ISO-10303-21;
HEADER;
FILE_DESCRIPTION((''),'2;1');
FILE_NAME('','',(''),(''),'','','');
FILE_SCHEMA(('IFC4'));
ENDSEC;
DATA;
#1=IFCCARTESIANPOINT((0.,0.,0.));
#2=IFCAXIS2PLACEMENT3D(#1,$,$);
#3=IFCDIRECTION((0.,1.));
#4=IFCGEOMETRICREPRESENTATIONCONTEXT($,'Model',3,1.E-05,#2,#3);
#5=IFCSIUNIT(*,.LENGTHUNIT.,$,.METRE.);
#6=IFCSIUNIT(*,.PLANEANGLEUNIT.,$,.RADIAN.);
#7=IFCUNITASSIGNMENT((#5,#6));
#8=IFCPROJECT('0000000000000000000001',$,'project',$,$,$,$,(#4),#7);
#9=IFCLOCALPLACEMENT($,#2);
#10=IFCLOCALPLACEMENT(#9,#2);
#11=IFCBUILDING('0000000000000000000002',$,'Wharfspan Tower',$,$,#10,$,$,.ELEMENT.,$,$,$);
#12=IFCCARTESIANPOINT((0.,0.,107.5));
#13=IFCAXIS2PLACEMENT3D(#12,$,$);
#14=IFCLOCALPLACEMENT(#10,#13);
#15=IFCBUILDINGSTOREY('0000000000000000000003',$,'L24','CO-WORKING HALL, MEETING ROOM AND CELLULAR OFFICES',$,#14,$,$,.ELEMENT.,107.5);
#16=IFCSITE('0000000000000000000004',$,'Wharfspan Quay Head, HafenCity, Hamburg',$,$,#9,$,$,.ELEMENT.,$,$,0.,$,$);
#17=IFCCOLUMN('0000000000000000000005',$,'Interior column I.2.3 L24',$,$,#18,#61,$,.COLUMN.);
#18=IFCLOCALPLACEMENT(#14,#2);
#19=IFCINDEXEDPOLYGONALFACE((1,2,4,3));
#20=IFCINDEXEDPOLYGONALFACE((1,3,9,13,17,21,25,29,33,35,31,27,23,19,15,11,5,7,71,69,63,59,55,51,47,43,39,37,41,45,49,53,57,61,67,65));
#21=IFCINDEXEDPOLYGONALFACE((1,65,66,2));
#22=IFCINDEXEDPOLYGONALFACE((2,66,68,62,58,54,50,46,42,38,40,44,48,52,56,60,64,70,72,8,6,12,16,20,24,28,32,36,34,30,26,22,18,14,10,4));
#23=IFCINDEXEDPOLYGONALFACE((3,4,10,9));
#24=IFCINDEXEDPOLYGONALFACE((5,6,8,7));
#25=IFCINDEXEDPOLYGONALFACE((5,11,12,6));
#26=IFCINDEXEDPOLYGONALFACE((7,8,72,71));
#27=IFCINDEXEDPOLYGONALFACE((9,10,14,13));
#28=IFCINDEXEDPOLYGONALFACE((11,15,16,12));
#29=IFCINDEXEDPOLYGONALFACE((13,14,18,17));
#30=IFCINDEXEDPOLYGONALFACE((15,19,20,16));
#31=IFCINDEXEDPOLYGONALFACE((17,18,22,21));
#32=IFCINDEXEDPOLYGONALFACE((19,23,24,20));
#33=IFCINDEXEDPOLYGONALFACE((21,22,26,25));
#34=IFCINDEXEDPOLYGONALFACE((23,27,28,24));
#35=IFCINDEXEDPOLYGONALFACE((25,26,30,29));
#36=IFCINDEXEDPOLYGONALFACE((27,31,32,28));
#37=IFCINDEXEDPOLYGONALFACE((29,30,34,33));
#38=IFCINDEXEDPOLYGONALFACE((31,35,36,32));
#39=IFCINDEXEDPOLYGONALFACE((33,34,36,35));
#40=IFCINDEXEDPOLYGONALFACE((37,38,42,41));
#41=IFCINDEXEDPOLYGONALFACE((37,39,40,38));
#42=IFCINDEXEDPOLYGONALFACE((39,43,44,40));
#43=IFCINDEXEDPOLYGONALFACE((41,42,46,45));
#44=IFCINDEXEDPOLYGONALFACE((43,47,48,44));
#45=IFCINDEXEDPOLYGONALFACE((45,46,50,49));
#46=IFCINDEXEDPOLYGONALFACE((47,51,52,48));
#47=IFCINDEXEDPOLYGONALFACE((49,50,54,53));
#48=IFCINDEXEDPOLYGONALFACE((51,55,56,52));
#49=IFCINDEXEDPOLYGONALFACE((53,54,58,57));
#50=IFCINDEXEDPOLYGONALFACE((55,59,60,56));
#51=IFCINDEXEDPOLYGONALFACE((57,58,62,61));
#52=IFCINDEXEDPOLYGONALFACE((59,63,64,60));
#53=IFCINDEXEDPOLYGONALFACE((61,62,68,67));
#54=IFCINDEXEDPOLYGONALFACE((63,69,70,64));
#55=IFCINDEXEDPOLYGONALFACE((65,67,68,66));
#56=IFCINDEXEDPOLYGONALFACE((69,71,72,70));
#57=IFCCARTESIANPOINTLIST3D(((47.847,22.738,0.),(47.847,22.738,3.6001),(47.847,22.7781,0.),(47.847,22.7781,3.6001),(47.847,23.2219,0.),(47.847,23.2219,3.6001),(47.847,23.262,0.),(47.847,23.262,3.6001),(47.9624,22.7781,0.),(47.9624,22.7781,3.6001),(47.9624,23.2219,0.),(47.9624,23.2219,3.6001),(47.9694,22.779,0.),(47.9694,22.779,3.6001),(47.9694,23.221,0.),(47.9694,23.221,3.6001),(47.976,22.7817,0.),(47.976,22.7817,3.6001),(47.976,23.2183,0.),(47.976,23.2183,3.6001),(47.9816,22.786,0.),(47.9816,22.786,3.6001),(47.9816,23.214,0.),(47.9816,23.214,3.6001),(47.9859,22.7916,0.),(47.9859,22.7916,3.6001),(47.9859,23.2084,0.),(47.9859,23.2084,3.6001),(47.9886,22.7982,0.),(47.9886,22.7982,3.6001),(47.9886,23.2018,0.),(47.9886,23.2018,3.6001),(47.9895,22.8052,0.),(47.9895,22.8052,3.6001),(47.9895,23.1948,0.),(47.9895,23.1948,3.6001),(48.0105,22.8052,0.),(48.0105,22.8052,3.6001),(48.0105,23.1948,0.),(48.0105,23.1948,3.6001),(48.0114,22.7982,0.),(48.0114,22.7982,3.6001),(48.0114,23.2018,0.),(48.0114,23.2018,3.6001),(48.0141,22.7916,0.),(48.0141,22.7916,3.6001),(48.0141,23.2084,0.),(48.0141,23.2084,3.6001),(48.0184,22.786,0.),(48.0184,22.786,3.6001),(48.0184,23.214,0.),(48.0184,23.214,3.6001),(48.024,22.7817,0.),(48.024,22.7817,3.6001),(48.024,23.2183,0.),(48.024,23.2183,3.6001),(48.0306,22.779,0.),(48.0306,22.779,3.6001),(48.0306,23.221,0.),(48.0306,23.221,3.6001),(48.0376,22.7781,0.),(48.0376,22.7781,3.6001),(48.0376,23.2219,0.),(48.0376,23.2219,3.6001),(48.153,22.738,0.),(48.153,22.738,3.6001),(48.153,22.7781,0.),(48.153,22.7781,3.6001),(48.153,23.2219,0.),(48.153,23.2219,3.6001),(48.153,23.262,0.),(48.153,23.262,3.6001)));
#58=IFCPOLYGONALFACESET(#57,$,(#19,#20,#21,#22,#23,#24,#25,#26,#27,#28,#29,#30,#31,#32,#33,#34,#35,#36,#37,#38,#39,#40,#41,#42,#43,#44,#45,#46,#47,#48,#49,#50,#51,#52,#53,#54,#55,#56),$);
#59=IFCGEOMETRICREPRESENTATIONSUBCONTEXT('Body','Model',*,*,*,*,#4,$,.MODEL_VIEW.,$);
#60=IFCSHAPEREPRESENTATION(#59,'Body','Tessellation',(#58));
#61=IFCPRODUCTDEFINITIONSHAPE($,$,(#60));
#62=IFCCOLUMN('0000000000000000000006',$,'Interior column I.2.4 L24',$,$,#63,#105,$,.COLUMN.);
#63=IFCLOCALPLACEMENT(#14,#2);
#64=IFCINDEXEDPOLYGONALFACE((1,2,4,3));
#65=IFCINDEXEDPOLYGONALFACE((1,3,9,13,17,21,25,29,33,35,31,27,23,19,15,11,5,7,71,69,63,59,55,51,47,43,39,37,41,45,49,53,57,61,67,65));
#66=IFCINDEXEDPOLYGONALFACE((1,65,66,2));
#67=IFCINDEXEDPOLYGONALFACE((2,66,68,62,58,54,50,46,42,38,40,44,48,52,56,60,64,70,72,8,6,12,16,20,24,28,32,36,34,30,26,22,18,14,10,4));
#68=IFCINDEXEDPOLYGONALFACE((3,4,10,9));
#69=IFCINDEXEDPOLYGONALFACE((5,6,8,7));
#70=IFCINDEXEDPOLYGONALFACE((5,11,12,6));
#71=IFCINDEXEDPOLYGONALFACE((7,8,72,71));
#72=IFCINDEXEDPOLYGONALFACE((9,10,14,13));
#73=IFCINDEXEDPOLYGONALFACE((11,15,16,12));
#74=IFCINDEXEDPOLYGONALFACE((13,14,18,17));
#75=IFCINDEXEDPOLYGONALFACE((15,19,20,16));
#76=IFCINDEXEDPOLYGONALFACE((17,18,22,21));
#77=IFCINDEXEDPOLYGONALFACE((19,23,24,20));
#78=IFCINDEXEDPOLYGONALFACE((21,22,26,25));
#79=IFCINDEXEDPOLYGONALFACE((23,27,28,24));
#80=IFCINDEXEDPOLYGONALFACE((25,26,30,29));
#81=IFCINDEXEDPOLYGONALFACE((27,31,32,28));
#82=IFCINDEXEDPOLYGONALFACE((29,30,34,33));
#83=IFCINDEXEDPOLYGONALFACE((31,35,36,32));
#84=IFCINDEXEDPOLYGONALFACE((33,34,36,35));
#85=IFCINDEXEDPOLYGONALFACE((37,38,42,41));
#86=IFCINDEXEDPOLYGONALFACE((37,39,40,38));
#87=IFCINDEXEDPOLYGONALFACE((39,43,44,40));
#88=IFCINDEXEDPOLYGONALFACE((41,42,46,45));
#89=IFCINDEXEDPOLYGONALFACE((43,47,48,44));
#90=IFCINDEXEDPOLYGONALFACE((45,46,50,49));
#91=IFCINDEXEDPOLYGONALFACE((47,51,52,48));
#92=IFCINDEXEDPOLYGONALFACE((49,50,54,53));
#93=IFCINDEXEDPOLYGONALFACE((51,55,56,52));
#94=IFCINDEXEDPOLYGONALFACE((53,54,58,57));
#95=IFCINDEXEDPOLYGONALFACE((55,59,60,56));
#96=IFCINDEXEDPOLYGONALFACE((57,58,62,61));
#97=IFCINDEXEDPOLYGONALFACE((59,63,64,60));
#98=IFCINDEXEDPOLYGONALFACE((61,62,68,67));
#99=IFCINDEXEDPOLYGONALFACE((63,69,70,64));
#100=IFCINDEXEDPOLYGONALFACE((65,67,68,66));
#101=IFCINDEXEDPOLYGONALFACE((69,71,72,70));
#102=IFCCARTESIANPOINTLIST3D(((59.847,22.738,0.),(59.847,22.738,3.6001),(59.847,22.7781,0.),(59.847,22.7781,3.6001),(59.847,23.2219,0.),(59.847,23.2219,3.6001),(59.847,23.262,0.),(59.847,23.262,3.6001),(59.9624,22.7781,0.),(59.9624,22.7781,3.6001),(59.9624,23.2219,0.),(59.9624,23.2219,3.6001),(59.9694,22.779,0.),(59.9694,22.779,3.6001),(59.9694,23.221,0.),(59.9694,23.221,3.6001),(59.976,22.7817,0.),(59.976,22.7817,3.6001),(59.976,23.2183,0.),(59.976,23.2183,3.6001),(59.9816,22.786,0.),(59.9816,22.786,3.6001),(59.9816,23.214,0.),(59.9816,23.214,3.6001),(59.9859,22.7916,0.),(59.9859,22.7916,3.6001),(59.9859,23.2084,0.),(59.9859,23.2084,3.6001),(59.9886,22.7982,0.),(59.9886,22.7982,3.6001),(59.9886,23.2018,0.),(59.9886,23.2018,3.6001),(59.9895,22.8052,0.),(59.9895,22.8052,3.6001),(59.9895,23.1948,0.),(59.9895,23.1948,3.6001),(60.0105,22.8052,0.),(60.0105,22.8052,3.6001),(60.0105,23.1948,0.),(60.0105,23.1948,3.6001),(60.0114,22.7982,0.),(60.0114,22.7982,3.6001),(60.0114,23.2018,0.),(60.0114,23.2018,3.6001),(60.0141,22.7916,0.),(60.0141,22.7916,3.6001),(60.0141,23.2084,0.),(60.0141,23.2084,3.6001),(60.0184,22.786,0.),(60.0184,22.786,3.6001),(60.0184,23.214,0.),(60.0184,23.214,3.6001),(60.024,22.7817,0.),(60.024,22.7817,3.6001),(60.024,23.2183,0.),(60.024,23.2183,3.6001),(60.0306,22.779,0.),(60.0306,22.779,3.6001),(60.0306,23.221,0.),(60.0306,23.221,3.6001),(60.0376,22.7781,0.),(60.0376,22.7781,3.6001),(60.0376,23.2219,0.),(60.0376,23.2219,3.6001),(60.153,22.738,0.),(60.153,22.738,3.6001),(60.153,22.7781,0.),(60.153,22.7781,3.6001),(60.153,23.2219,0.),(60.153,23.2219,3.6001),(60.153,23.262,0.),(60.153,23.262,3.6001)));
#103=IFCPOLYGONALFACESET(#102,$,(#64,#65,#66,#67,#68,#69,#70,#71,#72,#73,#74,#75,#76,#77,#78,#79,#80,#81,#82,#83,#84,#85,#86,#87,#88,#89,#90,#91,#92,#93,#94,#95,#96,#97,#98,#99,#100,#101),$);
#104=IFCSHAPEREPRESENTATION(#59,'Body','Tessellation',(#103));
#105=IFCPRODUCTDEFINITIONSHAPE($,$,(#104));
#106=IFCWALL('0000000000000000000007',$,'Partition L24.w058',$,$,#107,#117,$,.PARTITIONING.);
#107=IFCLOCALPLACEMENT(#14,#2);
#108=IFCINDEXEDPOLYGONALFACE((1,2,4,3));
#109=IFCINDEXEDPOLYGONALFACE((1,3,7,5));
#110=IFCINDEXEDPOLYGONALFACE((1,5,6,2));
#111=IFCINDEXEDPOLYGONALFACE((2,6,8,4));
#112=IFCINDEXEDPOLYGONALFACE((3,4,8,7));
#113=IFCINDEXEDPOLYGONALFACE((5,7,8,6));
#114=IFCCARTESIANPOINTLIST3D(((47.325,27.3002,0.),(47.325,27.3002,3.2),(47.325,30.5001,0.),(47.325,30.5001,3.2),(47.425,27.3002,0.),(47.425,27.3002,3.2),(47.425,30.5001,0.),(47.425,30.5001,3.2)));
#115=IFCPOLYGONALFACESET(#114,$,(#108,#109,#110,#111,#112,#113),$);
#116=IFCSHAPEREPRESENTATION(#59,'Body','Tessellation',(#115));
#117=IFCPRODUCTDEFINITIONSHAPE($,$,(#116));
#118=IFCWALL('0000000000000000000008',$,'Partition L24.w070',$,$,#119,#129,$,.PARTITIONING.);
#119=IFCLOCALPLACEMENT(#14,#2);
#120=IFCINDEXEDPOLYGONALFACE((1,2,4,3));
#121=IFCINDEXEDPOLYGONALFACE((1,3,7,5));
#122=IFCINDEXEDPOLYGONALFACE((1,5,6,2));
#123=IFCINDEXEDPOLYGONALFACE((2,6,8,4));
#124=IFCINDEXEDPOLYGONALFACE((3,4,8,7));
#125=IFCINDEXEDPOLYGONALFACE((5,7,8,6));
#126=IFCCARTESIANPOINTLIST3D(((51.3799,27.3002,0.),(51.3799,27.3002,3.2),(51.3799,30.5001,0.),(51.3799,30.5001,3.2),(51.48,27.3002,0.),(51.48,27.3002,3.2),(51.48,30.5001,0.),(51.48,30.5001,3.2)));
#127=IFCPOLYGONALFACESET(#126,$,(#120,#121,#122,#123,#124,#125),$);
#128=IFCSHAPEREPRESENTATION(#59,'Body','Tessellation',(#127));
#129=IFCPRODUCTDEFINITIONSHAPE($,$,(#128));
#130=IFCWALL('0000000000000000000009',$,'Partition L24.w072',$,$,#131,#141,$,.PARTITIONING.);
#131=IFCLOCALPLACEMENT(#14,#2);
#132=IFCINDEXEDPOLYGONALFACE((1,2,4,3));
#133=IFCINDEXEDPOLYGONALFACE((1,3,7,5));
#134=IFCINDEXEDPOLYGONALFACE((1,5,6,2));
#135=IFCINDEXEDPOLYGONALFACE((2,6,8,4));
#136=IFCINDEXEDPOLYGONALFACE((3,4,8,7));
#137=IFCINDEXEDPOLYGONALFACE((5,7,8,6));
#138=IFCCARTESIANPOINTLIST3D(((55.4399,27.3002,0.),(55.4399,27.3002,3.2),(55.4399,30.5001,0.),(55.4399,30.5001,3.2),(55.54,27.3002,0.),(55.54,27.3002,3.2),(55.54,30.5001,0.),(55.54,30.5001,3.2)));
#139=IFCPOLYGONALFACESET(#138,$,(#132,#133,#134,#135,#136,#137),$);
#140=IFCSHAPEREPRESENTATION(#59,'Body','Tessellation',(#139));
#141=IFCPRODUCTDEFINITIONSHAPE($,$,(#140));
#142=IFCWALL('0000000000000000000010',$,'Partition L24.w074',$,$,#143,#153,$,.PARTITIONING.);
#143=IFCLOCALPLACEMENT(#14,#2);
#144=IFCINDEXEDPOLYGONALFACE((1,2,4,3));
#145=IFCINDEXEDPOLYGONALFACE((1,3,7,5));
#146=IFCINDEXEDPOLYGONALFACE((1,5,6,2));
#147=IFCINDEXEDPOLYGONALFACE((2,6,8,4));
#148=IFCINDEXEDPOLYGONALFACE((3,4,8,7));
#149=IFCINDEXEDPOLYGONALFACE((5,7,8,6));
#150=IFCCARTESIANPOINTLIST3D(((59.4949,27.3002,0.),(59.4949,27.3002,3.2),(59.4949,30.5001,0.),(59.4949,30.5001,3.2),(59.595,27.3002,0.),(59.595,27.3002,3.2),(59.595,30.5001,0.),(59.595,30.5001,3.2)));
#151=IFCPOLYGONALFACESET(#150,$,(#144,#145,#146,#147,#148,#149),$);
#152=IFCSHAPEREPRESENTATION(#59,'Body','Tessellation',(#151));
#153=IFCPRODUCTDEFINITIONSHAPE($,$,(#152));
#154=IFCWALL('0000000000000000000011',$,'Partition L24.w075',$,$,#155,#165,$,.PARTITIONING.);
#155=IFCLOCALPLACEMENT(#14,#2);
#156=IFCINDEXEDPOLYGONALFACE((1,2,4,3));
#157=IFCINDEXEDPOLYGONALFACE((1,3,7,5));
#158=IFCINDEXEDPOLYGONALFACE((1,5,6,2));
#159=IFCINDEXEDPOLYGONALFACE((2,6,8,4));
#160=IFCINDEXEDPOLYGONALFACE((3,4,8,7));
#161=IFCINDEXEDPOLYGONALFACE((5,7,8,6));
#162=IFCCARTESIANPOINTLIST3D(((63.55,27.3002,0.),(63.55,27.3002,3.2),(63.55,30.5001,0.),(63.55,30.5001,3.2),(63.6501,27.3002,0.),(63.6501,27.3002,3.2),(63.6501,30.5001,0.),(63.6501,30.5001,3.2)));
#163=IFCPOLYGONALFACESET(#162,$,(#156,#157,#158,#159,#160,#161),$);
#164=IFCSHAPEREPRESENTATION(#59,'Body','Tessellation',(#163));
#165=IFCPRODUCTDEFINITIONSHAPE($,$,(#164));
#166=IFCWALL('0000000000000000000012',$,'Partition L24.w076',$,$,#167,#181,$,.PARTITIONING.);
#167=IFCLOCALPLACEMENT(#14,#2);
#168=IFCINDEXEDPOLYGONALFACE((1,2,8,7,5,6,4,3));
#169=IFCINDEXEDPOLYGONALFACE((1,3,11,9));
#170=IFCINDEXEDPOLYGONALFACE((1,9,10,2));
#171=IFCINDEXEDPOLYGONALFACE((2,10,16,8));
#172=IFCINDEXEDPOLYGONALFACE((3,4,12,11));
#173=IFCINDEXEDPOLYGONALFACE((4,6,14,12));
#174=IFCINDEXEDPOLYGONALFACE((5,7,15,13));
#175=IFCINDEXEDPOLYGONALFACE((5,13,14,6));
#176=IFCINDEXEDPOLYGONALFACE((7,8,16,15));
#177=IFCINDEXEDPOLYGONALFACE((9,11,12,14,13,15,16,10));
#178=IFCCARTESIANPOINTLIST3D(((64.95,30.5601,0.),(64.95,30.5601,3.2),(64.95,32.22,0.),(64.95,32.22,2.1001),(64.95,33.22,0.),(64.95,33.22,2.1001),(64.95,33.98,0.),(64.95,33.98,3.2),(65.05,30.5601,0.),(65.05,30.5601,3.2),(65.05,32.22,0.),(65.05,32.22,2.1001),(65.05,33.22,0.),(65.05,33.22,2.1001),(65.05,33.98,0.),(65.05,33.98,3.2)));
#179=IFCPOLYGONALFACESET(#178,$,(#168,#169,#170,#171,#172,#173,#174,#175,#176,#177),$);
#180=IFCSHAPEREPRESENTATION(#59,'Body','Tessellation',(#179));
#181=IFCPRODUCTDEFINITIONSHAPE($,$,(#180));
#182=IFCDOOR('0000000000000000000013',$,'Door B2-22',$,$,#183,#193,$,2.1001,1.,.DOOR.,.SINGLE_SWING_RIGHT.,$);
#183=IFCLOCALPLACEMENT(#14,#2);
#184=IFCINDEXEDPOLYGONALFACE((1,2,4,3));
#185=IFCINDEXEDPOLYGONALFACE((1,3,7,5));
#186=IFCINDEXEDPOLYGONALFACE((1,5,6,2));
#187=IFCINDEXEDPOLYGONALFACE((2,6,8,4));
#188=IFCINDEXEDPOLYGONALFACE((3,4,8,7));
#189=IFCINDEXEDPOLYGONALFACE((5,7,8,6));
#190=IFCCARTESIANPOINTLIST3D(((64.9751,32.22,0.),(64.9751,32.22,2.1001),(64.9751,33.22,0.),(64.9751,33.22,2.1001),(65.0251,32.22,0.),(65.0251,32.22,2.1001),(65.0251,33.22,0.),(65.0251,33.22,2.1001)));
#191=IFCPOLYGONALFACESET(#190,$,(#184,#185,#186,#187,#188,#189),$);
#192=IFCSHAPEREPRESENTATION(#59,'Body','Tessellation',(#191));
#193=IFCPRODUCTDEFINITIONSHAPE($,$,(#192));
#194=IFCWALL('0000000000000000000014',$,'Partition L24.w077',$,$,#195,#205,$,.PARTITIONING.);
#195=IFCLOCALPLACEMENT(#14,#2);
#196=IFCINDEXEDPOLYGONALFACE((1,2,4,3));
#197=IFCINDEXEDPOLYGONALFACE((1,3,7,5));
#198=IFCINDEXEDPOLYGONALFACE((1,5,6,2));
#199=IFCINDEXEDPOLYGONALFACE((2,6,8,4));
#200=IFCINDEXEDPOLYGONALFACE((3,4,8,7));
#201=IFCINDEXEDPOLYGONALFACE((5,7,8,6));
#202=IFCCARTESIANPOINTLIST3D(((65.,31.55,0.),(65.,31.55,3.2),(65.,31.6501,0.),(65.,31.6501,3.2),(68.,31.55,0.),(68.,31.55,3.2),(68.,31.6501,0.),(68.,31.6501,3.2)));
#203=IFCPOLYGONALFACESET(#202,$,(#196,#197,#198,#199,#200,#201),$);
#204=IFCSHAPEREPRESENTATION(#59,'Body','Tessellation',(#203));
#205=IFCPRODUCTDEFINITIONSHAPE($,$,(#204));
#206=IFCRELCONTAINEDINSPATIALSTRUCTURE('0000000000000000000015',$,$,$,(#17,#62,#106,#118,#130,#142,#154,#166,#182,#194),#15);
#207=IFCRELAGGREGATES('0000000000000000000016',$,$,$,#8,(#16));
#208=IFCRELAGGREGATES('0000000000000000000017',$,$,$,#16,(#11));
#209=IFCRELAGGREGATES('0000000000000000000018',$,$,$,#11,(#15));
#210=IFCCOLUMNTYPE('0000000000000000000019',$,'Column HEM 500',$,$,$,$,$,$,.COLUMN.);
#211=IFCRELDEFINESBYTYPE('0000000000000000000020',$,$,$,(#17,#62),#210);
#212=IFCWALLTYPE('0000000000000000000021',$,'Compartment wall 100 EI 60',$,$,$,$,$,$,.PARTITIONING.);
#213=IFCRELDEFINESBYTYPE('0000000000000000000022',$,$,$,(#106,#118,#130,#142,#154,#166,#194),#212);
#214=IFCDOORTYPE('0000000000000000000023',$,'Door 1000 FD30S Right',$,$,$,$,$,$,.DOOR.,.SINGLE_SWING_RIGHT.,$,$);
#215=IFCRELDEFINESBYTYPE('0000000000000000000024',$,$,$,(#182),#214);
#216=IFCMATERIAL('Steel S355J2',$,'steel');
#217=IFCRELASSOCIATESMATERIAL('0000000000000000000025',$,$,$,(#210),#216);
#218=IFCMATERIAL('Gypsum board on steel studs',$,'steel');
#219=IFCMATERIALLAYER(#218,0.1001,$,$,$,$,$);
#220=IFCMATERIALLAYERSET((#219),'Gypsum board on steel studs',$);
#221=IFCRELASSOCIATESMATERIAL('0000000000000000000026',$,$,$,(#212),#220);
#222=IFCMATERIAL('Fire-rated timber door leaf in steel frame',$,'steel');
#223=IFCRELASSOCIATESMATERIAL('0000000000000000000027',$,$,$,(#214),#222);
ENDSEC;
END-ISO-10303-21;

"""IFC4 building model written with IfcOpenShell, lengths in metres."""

from ifc_helpers import new_model, si_unit, direction, frame, frame_2d, origin, origin_2d, place, context, subcontext, project, spatial, rectangle, i_section, extrude, material, layer, layer_set, material_profile, profile_set, type_object, element, fill, save


model = new_model("IFC4")

# Units and contexts
model_context = context("Model", 3, precision=1e-05, world=origin(), true_north=direction((0.0, 1.0)))
body_context = subcontext(model_context, "Body", "Model", "MODEL_VIEW")
ifc_project = project(units=[si_unit("LENGTHUNIT", "METRE"), si_unit("PLANEANGLEUNIT", "RADIAN")], contexts=[model_context])

# Site, building, storey
site_placement = place(None, origin())
site = spatial("IfcSite", under=ifc_project, at=site_placement, Name="Wharfspan Quay Head, HafenCity, Hamburg", CompositionType="ELEMENT", RefElevation=0.0)
building_placement = place(site_placement, origin())
building = spatial("IfcBuilding", under=site, at=building_placement, Name="Wharfspan Tower", CompositionType="ELEMENT")
storey_placement = place(building_placement, frame((0.0, 0.0, 107.5)))
storey = spatial("IfcBuildingStorey", under=building, at=storey_placement, Name="L24", Description="CO-WORKING HALL, MEETING ROOM AND CELLULAR OFFICES", CompositionType="ELEMENT", Elevation=107.5)

# Columns
ifc_material_1 = material(Name="Steel S355J2", Category="steel")
ifc_material_profile = material_profile(ifc_material_1, i_section(OverallWidth=0.3059, OverallDepth=0.5239, WebThickness=0.021, FlangeThickness=0.04, FilletRadius=0.0271, at=origin_2d()))
ifc_profile_set = profile_set([ifc_material_profile], Name="Steel S355J2")
column_type = type_object("IfcColumnType", Name="Column HEM 500", PredefinedType="COLUMN", material=ifc_profile_set)
for number, where, z_axis, x_axis, name in (
    (1, (48.0, 23.0, 0.0), (0.0, 0.0, 1.0), (1.0, 0.0, 0.0), "Interior column I.2.3 L24"),
    (2, (60.0, 23.0, 0.0), (0.0, 0.0, 1.0), (1.0, 0.0, 0.0), "Interior column I.2.4 L24"),
):
    element("IfcColumn", number, at=place(storey_placement, frame(where, z_axis=z_axis, x_axis=x_axis)), inside=storey, type_object=column_type, Name=name, PredefinedType="COLUMN", context=body_context, shape_type="SweptSolid", body=[
        extrude(i_section(OverallWidth=0.3059, OverallDepth=0.5239, WebThickness=0.021, FlangeThickness=0.04, FilletRadius=0.0271, at=origin_2d()), origin(), (0.0, 0.0, 1.0), 3.6001),
    ])

# Walls
ifc_material_2 = material(Name="Gypsum board on steel studs", Category="steel")
ifc_layer_1 = layer(ifc_material_2, 0.1001)
ifc_layer_set_1 = layer_set([ifc_layer_1], Name="Gypsum board on steel studs")
wall_type_1 = type_object("IfcWallType", Name="Compartment wall 100 EI 60", PredefinedType="PARTITIONING", material=ifc_layer_set_1)
for number, where, z_axis, x_axis, name in (
    (3, (47.375, 27.3, 0.0), (0.0, 0.0, 1.0), (0.0, 1.0, 0.0), "Partition L24.w058"),
    (4, (51.4299, 27.3, 0.0), (0.0, 0.0, 1.0), (0.0, 1.0, 0.0), "Partition L24.w070"),
    (5, (55.49, 27.3, 0.0), (0.0, 0.0, 1.0), (0.0, 1.0, 0.0), "Partition L24.w072"),
    (6, (59.5449, 27.3, 0.0), (0.0, 0.0, 1.0), (0.0, 1.0, 0.0), "Partition L24.w074"),
    (7, (63.6001, 27.3, 0.0), (0.0, 0.0, 1.0), (0.0, 1.0, 0.0), "Partition L24.w075"),
):
    element("IfcWall", number, at=place(storey_placement, frame(where, z_axis=z_axis, x_axis=x_axis)), inside=storey, type_object=wall_type_1, Name=name, PredefinedType="PARTITIONING", context=body_context, shape_type="SweptSolid", body=[
        extrude(rectangle(XDim=3.2, YDim=0.1001, at=frame_2d((1.6001, 0.0))), origin(), (0.0, 0.0, 1.0), 3.2),
    ])

# Wall, opening, door
wall_1_placement = place(storey_placement, frame((65.0, 30.5601, 0.0), z_axis=(0.0, 0.0, 1.0), x_axis=(0.0, 1.0, 0.0)))
wall_1 = element("IfcWall", 8, at=wall_1_placement, inside=storey, type_object=wall_type_1, Name="Partition L24.w076", PredefinedType="PARTITIONING", context=body_context, shape_type="SweptSolid", body=[
    extrude(rectangle(XDim=3.4199, YDim=0.1001, at=frame_2d((1.71, 0.0))), origin(), (0.0, 0.0, 1.0), 3.2),
])
opening_1_placement = place(wall_1_placement, frame((1.6599, 0.0, 0.0)))
opening_1 = element("IfcOpeningElement", 9, at=opening_1_placement, cuts=wall_1, PredefinedType="OPENING", context=body_context, shape_type="SweptSolid", body=[
    extrude(rectangle(XDim=1.0, YDim=2.1001, at=frame_2d((0.5, 1.05))), frame((0.0, 0.0601, 0.0), z_axis=(0.0, -1.0, 0.0), x_axis=(1.0, 0.0, 0.0)), (0.0, 0.0, 1.0), 0.1201),
])
ifc_material_3 = material(Name="Fire-rated timber door leaf in steel frame", Category="steel")
door_type_1 = type_object("IfcDoorType", Name="Door 1000 FD30S Right", OperationType="SINGLE_SWING_RIGHT", PredefinedType="DOOR", material=ifc_material_3)
door_1_placement = place(opening_1_placement, origin())
door_1 = element("IfcDoor", 10, at=door_1_placement, inside=storey, type_object=door_type_1, Name="Door B2-22", OperationType="SINGLE_SWING_RIGHT", OverallHeight=2.1001, OverallWidth=1.0, PredefinedType="DOOR", context=body_context, shape_type="SweptSolid", body=[
    extrude(rectangle(XDim=1.0, YDim=2.1001, at=frame_2d((0.5, 1.05))), frame((0.0, 0.0249, 0.0), z_axis=(0.0, -1.0, 0.0), x_axis=(1.0, 0.0, 0.0)), (0.0, 0.0, 1.0), 0.05),
])
fill(opening_1, door_1)

# Wall
wall_2_placement = place(storey_placement, frame((65.0, 31.6001, 0.0), z_axis=(0.0, 0.0, 1.0), x_axis=(1.0, 0.0, 0.0)))
element("IfcWall", 11, at=wall_2_placement, inside=storey, type_object=wall_type_1, Name="Partition L24.w077", PredefinedType="PARTITIONING", context=body_context, shape_type="SweptSolid", body=[
    extrude(rectangle(XDim=3.0, YDim=0.1001, at=frame_2d((1.5, 0.0))), origin(), (0.0, 0.0, 1.0), 3.2),
])

save(model, "model.ifc")
